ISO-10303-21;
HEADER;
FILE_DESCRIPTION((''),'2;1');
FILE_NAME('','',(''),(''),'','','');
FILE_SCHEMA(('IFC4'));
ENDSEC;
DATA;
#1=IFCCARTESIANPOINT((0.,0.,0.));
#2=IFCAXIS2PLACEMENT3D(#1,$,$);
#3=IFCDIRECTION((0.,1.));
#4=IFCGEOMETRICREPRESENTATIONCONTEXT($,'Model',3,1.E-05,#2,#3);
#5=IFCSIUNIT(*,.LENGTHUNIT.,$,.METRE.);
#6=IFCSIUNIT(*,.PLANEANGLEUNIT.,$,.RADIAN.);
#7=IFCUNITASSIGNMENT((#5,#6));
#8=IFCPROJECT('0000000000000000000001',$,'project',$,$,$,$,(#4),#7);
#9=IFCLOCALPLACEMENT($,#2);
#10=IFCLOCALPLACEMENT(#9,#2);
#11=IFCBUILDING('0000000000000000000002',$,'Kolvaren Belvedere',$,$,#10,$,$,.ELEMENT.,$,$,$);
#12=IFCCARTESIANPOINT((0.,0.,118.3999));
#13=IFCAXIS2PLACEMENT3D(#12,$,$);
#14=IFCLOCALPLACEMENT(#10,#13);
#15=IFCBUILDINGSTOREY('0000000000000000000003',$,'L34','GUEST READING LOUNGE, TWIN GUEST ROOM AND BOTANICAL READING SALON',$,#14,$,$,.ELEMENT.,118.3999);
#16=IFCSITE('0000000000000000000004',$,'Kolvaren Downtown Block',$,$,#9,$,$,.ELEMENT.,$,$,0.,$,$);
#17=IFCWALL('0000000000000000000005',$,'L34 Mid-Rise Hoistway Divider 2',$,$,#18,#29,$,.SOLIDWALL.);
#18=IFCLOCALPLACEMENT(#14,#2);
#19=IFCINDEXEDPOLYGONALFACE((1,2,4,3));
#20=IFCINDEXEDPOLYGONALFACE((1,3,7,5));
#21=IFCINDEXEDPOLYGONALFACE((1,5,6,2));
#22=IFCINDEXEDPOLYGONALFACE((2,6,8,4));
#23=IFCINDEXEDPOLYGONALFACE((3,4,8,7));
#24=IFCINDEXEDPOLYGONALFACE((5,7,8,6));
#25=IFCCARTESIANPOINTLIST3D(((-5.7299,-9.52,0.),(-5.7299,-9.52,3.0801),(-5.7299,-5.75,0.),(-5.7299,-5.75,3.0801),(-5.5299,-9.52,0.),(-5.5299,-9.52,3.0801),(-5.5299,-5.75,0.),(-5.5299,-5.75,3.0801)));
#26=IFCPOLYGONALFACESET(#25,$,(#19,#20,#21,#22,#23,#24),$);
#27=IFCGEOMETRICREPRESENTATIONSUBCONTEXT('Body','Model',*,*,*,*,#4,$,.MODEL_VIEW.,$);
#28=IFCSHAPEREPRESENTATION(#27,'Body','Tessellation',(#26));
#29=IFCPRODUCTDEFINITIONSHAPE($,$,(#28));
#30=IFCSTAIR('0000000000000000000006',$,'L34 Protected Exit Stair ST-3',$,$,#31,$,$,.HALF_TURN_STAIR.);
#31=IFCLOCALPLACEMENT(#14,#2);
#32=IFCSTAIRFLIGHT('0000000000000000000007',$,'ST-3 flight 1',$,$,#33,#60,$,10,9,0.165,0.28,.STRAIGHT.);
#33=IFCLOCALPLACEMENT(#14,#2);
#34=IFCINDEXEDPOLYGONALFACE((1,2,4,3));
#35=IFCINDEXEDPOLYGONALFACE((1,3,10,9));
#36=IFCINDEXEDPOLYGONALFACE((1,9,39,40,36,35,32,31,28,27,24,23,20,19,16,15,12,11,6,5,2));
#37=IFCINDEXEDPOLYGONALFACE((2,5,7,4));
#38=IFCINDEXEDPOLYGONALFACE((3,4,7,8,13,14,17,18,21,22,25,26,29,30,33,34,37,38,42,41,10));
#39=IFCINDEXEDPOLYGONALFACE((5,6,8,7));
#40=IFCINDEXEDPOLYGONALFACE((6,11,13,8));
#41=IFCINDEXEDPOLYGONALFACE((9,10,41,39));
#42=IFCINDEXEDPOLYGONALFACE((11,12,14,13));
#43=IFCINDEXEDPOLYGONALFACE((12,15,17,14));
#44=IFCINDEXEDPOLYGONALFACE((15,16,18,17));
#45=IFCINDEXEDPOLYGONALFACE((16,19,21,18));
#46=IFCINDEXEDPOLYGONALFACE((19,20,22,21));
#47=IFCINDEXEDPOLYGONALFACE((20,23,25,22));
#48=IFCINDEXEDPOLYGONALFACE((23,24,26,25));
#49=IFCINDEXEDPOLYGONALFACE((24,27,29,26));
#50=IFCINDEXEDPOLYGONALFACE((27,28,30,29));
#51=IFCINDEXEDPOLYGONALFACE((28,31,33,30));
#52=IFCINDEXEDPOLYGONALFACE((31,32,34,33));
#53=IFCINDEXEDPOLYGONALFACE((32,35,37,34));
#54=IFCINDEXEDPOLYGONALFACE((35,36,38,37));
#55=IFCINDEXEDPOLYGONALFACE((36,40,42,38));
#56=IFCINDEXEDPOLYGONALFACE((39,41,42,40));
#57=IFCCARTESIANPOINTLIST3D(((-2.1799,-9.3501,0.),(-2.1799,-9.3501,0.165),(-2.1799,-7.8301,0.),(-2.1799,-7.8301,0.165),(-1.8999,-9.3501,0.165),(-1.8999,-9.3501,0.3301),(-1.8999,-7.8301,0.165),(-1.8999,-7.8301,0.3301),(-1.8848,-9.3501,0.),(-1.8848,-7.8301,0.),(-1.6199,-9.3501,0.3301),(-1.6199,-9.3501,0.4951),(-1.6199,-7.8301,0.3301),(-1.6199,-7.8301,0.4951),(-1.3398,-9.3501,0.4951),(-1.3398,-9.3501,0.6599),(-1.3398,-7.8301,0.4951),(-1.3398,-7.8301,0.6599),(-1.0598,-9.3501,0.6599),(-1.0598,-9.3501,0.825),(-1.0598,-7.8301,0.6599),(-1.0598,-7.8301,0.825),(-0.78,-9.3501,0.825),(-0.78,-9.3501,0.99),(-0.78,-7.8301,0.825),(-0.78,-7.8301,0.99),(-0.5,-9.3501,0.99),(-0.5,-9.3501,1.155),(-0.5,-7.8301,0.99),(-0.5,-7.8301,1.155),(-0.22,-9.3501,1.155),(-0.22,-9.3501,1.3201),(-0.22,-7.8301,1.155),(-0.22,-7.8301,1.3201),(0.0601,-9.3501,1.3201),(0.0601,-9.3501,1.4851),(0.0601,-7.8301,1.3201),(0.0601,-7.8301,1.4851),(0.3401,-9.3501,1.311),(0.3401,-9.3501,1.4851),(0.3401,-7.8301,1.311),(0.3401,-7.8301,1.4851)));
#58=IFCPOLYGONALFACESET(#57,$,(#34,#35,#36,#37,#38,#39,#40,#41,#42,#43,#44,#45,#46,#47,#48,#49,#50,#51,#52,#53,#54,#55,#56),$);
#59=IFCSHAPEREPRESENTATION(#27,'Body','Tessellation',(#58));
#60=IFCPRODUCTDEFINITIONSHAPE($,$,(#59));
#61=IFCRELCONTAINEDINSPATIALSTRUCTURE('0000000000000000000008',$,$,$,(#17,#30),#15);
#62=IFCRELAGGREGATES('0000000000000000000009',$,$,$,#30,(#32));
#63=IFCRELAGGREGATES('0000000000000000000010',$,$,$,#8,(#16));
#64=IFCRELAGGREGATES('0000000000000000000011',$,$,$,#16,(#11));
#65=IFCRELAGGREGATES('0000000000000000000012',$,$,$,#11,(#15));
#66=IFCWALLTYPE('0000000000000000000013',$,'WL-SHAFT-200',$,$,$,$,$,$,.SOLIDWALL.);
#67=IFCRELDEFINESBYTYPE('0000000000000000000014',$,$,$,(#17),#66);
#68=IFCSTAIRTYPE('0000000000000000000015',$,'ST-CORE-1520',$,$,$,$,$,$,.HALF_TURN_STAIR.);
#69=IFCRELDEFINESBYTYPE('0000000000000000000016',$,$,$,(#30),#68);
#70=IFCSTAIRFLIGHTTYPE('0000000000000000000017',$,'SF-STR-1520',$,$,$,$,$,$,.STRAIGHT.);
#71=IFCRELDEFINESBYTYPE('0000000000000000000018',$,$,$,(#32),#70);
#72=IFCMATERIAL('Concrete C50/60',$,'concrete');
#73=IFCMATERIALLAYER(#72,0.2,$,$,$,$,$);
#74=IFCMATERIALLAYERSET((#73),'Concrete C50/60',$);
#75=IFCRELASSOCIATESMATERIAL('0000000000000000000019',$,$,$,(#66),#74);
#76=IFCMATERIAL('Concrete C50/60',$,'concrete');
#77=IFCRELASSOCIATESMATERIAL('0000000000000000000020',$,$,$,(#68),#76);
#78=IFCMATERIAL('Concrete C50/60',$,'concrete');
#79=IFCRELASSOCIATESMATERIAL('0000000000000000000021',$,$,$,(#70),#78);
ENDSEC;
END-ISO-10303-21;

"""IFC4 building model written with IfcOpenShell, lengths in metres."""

from ifc_helpers import new_model, si_unit, direction, frame, frame_2d, origin, place, context, subcontext, project, spatial, polyline, rectangle, outline, extrude, material, layer, layer_set, type_object, element, aggregate, save


model = new_model("IFC4")

# Units and contexts
model_context = context("Model", 3, precision=1e-05, world=origin(), true_north=direction((0.0, 1.0)))
body_context = subcontext(model_context, "Body", "Model", "MODEL_VIEW")
ifc_project = project(units=[si_unit("LENGTHUNIT", "METRE"), si_unit("PLANEANGLEUNIT", "RADIAN")], contexts=[model_context])

# Site, building, storey
site_placement = place(None, origin())
site = spatial("IfcSite", under=ifc_project, at=site_placement, Name="Kolvaren Downtown Block", CompositionType="ELEMENT", RefElevation=0.0)
building_placement = place(site_placement, origin())
building = spatial("IfcBuilding", under=site, at=building_placement, Name="Kolvaren Belvedere", CompositionType="ELEMENT")
storey_placement = place(building_placement, frame((0.0, 0.0, 118.3999)))
storey = spatial("IfcBuildingStorey", under=building, at=storey_placement, Name="L34", Description="GUEST READING LOUNGE, TWIN GUEST ROOM AND BOTANICAL READING SALON", CompositionType="ELEMENT", Elevation=118.3999)

# Shared definitions
ifc_material_1 = material(Name="Concrete C50/60", Category="concrete")
ifc_layer_1 = layer(ifc_material_1, 0.2)
ifc_layer_set_1 = layer_set([ifc_layer_1], Name="Concrete C50/60")
wall_type_1 = type_object("IfcWallType", Name="WL-SHAFT-200", PredefinedType="SOLIDWALL", material=ifc_layer_set_1)

# Wall
for number, where, z_axis, x_axis, name in (
    (1, (-5.6299, -9.52, 0.0), (0.0, 0.0, 1.0), (0.0, 1.0, 0.0), "L34 Mid-Rise Hoistway Divider 2"),
):
    element("IfcWall", number, at=place(storey_placement, frame(where, z_axis=z_axis, x_axis=x_axis)), inside=storey, type_object=wall_type_1, Name=name, PredefinedType="SOLIDWALL", context=body_context, shape_type="SweptSolid", body=[
        extrude(rectangle(XDim=3.77, YDim=0.2, at=frame_2d((1.885, 0.0))), origin(), (0.0, 0.0, 1.0), 3.0801),
    ])

# Stair, stair flight
ifc_material_2 = material(Name="Concrete C50/60", Category="concrete")
stair_type = type_object("IfcStairType", Name="ST-CORE-1520", PredefinedType="HALF_TURN_STAIR", material=ifc_material_2)
stair_placement = place(storey_placement, origin())
stair = element("IfcStair", 2, at=stair_placement, inside=storey, type_object=stair_type, Name="L34 Protected Exit Stair ST-3", PredefinedType="HALF_TURN_STAIR")
ifc_material_3 = material(Name="Concrete C50/60", Category="concrete")
stair_flight_type = type_object("IfcStairFlightType", Name="SF-STR-1520", PredefinedType="STRAIGHT", material=ifc_material_3)
stair_flight_placement = place(storey_placement, frame((-2.1799, -8.5901, 0.0), z_axis=(0.0, 0.0, 1.0), x_axis=(1.0, 0.0, 0.0)))
stair_flight = element("IfcStairFlight", 3, at=stair_flight_placement, type_object=stair_flight_type, Name="ST-3 flight 1", NumberOfRisers=10, NumberOfTreads=9, PredefinedType="STRAIGHT", RiserHeight=0.165, TreadLength=0.28, context=body_context, shape_type="SweptSolid", body=[
    extrude(outline(polyline([(0.0, 0.0), (0.0, 0.165), (0.28, 0.165), (0.28, 0.3301), (0.5601, 0.3301), (0.5601, 0.4951), (0.8401, 0.4951), (0.8401, 0.6599), (1.1201, 0.6599), (1.1201, 0.825), (1.3999, 0.825), (1.3999, 0.99), (1.6799, 0.99), (1.6799, 1.155), (1.96, 1.155), (1.96, 1.3201), (2.24, 1.3201), (2.24, 1.4851), (2.52, 1.4851), (2.52, 1.6499), (2.52, 1.311), (0.2952, 0.0), (0.0, 0.0)])), frame((0.0, 0.76, 0.0), z_axis=(0.0, -1.0, 0.0), x_axis=(1.0, 0.0, 0.0)), (0.0, 0.0, 1.0), 1.52),
])
aggregate(stair, [stair_flight])

save(model, "model.ifc")
